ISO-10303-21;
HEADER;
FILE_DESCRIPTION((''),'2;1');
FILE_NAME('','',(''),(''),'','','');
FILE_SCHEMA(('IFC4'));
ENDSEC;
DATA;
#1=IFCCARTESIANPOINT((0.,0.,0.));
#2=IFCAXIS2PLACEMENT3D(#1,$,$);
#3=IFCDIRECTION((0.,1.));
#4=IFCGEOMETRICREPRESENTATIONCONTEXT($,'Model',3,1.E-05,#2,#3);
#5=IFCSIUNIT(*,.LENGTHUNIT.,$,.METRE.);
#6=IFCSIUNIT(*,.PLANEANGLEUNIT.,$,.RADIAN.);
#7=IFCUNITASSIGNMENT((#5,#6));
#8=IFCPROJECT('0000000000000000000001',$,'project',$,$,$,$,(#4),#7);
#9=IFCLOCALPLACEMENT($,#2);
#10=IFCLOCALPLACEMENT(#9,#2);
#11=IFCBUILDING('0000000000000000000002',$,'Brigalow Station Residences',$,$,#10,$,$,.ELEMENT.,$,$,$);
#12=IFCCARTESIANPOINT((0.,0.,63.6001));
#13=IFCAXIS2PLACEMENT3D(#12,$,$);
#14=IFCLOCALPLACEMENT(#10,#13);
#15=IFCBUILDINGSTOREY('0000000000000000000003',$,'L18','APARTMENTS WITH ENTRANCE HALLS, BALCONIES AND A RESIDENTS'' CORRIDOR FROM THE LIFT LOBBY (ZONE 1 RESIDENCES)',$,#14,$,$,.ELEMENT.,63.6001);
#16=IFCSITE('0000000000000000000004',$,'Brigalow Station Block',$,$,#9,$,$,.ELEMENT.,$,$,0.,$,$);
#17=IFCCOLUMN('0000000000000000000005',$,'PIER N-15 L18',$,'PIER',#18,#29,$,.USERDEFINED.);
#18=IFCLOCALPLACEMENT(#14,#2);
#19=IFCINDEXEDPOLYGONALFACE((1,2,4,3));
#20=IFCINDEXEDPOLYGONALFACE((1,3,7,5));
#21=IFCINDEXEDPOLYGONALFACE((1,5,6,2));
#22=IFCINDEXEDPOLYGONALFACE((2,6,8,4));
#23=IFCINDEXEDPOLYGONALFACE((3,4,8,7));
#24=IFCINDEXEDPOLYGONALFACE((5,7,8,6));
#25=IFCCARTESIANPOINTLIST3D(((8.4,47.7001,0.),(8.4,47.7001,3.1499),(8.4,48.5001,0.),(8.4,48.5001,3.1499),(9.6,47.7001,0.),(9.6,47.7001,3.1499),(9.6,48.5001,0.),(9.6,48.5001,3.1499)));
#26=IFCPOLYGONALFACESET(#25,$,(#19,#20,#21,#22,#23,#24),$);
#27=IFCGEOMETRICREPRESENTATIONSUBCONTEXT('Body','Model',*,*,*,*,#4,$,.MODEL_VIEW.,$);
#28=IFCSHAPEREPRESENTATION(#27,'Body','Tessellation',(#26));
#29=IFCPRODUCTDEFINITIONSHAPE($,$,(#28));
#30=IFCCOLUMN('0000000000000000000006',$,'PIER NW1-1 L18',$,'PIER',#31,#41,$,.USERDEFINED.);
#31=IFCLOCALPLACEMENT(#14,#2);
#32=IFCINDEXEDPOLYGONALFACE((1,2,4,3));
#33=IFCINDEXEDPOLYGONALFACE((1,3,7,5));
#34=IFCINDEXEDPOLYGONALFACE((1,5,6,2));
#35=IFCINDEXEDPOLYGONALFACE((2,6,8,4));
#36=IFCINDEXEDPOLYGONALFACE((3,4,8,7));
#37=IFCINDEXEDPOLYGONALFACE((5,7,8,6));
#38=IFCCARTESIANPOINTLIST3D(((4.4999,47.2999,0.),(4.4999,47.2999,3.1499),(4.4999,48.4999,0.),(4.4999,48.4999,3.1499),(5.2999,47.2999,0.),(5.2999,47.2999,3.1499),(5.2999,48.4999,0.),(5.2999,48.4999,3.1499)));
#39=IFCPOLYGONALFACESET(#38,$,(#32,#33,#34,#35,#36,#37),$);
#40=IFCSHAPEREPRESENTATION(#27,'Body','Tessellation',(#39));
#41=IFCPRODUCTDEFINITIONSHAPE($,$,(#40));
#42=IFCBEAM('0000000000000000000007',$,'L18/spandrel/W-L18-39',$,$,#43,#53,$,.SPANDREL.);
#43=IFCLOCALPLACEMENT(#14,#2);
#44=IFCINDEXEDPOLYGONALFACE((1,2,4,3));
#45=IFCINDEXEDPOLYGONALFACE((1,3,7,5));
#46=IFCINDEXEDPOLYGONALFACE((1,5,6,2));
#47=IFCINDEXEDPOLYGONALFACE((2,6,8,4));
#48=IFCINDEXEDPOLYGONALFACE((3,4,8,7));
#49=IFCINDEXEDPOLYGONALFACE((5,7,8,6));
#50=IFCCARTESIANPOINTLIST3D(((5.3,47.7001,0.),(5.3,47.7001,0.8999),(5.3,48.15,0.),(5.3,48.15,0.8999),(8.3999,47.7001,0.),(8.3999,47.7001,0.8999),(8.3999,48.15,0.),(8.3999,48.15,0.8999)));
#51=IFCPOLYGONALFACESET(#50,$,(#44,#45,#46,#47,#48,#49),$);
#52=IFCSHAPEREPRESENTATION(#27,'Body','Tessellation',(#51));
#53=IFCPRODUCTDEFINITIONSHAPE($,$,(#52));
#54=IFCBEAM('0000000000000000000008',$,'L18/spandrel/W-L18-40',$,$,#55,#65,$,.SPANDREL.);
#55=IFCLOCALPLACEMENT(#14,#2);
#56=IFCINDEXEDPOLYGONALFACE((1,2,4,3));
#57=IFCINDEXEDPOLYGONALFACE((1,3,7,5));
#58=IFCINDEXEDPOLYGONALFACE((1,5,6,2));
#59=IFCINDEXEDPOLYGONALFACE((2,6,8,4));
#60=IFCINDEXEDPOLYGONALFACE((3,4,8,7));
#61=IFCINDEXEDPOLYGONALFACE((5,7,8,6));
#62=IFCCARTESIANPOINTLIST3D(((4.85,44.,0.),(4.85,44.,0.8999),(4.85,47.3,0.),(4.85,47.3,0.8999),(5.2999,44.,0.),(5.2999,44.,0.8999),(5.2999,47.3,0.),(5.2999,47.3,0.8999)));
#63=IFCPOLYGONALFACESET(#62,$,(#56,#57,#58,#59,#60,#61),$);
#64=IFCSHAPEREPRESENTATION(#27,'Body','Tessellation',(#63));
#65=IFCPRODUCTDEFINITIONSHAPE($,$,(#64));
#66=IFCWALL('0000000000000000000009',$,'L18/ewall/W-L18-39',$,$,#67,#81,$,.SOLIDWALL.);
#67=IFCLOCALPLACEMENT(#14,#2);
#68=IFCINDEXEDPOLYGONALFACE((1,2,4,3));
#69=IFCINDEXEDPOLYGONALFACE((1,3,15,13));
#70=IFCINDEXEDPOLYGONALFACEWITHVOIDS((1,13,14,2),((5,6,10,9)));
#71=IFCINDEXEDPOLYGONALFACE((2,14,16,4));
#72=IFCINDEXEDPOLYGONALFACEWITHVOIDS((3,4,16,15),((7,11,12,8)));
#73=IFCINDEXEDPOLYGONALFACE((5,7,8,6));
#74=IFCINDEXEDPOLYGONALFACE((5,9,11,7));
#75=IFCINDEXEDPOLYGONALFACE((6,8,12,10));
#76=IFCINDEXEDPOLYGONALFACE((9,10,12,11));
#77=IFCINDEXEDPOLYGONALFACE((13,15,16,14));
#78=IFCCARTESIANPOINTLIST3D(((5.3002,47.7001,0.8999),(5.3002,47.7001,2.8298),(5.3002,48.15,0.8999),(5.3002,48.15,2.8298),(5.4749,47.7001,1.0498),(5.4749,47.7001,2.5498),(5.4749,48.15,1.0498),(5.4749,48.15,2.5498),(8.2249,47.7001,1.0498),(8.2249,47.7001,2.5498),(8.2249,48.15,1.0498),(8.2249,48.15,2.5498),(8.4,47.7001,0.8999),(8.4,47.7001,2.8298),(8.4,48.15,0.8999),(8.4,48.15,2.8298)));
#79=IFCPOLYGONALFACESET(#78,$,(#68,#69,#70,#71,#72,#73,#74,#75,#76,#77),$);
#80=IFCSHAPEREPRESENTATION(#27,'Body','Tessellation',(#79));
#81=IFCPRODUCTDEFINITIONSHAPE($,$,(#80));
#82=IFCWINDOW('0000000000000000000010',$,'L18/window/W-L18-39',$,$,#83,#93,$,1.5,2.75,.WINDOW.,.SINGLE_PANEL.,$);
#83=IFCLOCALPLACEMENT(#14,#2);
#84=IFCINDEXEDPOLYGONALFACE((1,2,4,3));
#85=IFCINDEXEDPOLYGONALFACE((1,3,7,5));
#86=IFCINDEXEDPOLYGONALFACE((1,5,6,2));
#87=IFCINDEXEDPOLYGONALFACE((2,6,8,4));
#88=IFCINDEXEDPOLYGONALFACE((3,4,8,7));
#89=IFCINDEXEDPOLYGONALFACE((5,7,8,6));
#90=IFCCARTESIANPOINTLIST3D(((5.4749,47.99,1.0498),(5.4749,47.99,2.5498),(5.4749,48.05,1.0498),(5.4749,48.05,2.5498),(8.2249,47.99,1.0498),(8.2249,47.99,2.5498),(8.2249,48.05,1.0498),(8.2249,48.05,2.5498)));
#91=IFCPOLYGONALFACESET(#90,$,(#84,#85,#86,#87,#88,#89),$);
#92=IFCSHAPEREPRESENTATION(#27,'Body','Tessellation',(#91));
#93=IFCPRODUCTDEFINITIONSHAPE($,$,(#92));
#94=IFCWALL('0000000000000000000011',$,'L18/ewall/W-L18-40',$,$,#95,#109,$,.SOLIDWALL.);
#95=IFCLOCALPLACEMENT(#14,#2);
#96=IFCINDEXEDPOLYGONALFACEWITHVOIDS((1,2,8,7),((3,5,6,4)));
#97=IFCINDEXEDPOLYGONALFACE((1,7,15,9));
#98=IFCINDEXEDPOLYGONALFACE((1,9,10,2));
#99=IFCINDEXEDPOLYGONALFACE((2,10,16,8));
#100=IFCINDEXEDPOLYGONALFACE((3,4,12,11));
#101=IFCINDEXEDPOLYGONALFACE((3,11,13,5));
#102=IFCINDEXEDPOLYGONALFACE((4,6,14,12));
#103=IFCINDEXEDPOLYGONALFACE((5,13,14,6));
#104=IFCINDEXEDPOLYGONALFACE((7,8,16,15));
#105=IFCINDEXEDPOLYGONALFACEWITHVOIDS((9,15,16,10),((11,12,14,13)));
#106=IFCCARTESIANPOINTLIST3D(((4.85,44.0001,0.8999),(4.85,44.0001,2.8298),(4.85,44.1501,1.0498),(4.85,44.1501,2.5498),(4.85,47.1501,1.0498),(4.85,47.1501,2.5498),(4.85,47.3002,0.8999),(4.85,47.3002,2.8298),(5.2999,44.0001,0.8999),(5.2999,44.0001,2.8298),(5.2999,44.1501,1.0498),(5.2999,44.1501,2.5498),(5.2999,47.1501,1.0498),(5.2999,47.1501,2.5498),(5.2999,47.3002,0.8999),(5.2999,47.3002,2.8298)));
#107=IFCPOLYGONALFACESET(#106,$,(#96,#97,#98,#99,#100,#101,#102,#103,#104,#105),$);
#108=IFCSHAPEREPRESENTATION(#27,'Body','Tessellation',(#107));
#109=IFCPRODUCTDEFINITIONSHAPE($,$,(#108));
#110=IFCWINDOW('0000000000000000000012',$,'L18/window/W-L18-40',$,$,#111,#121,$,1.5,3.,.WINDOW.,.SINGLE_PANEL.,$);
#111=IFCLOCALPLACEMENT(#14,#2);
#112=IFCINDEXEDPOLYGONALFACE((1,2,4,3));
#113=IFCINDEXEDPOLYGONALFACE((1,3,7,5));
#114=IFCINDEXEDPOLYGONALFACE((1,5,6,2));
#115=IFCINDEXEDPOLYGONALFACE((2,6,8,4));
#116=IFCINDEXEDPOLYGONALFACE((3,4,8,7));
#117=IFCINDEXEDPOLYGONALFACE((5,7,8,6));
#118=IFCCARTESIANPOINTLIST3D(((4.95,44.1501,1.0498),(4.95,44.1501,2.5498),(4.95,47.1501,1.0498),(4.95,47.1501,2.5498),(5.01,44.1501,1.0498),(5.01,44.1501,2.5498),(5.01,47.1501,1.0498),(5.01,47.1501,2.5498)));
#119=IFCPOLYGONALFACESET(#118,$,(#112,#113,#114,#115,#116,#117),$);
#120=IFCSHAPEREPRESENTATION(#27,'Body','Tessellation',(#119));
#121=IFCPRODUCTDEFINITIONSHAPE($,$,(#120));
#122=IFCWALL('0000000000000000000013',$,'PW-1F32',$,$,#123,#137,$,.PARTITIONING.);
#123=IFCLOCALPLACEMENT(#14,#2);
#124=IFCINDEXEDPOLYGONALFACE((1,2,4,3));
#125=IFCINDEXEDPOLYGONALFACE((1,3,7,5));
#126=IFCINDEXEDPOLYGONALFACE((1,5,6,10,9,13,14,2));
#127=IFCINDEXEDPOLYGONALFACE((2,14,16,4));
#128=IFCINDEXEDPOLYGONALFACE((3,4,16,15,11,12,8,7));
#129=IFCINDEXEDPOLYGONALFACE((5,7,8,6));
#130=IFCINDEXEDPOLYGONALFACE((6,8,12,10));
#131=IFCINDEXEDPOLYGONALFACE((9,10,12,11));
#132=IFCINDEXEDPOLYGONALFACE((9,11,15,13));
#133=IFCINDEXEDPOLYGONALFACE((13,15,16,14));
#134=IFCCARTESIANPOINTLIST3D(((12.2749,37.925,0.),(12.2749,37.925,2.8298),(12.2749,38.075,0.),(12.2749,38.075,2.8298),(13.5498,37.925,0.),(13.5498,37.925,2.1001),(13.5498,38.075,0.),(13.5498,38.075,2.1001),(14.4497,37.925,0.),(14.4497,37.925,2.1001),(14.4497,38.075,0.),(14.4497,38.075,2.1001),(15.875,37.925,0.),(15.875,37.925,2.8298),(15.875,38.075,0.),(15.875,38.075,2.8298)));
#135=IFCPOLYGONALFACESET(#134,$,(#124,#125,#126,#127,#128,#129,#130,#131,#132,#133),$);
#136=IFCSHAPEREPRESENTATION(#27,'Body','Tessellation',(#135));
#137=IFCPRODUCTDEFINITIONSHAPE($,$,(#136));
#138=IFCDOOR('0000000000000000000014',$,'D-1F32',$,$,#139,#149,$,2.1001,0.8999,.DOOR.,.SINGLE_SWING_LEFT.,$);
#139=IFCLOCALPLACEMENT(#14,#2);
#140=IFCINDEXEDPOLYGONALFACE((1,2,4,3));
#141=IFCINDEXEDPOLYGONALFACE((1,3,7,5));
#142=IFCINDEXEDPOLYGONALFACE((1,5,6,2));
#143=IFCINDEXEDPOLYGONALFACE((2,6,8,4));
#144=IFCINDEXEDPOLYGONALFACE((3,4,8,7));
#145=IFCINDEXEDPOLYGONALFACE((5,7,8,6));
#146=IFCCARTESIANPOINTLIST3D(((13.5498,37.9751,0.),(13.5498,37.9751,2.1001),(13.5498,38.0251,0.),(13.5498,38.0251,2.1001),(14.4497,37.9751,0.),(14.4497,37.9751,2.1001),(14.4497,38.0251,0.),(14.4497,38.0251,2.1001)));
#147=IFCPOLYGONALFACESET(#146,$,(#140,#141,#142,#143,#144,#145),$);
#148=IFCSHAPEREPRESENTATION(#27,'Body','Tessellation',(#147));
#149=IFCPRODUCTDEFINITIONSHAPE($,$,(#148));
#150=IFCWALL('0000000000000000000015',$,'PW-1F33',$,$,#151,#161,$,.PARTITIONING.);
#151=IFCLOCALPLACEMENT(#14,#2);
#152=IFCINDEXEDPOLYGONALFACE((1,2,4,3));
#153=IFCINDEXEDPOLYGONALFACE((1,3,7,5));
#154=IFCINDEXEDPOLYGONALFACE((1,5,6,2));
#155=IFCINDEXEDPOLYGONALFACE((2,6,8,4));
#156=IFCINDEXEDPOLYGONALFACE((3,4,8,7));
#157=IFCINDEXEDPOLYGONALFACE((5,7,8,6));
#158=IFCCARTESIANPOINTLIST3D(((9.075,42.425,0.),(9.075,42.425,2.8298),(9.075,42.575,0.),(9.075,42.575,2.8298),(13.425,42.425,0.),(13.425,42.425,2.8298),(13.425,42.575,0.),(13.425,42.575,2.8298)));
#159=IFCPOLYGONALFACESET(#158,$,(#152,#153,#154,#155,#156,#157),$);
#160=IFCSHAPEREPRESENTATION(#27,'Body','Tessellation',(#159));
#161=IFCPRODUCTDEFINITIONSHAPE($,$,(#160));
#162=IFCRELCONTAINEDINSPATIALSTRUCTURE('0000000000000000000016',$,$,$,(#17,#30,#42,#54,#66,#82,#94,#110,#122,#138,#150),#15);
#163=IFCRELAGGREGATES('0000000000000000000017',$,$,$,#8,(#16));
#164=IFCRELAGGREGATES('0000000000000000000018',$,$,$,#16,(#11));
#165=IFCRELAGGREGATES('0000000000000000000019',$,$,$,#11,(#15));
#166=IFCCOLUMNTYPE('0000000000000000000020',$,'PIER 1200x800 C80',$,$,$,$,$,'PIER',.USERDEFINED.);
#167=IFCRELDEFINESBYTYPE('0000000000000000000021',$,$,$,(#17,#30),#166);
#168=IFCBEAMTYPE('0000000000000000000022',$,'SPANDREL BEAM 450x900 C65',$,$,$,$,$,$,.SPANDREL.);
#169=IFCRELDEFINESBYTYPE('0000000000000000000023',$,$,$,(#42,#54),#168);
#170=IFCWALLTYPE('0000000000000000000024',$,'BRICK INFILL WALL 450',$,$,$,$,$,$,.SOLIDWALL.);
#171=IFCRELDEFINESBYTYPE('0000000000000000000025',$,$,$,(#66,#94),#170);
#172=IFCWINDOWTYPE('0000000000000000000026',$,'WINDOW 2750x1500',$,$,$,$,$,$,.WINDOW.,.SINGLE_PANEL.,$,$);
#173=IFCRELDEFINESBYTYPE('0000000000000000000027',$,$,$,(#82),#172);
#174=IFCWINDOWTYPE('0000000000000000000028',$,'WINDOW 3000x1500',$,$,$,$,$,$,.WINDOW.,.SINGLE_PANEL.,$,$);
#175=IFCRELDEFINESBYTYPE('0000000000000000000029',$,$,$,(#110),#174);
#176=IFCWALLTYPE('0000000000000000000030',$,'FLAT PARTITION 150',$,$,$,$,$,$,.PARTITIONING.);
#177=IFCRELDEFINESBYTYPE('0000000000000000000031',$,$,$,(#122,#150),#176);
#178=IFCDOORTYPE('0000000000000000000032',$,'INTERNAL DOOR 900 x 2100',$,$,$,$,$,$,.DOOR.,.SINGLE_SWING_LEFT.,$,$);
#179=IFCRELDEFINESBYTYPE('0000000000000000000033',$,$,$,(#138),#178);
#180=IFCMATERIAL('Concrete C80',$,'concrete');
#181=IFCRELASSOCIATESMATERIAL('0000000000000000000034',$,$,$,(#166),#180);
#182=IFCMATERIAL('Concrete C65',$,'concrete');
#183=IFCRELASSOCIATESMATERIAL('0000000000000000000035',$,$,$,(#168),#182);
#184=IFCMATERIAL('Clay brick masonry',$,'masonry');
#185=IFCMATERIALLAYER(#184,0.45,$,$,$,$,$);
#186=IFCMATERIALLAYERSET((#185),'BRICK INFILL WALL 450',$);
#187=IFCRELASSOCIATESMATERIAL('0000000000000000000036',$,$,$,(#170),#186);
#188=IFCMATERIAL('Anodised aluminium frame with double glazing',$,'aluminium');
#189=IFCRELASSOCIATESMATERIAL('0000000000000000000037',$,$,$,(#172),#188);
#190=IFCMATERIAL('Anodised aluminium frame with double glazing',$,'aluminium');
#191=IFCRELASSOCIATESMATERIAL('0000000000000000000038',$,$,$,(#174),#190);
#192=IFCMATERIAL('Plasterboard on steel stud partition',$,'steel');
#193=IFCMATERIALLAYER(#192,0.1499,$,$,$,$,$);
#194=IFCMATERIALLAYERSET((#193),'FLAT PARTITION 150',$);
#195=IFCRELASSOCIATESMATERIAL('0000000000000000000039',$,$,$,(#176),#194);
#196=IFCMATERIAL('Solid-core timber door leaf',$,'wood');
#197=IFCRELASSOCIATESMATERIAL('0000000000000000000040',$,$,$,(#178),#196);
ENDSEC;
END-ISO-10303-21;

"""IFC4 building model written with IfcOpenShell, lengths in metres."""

from ifc_helpers import new_model, si_unit, direction, frame, frame_2d, origin, origin_2d, place, context, subcontext, project, spatial, rectangle, extrude, material, layer, layer_set, material_profile, profile_set, type_object, element, fill, save


model = new_model("IFC4")

# Units and contexts
model_context = context("Model", 3, precision=1e-05, world=origin(), true_north=direction((0.0, 1.0)))
body_context = subcontext(model_context, "Body", "Model", "MODEL_VIEW")
ifc_project = project(units=[si_unit("LENGTHUNIT", "METRE"), si_unit("PLANEANGLEUNIT", "RADIAN")], contexts=[model_context])

# Site, building, storey
site_placement = place(None, origin())
site = spatial("IfcSite", under=ifc_project, at=site_placement, Name="Brigalow Station Block", CompositionType="ELEMENT", RefElevation=0.0)
building_placement = place(site_placement, origin())
building = spatial("IfcBuilding", under=site, at=building_placement, Name="Brigalow Station Residences", CompositionType="ELEMENT")
storey_placement = place(building_placement, frame((0.0, 0.0, 63.6001)))
storey = spatial("IfcBuildingStorey", under=building, at=storey_placement, Name="L18", Description="APARTMENTS WITH ENTRANCE HALLS, BALCONIES AND A RESIDENTS' CORRIDOR FROM THE LIFT LOBBY (ZONE 1 RESIDENCES)", CompositionType="ELEMENT", Elevation=63.6001)

# Columns
ifc_material_1 = material(Name="Concrete C80", Category="concrete")
ifc_material_profile_1 = material_profile(ifc_material_1, rectangle(XDim=1.2, YDim=0.8, at=origin_2d()), Name="RC1200x800")
ifc_profile_set_1 = profile_set([ifc_material_profile_1], Name="Concrete C80")
column_type = type_object("IfcColumnType", Name="PIER 1200x800 C80", ElementType="PIER", PredefinedType="USERDEFINED", material=ifc_profile_set_1)
for number, where, z_axis, x_axis, name in (
    (1, (9.0, 48.1001, 0.0), (0.0, 0.0, 1.0), (-1.0, 0.0, 0.0), "PIER N-15 L18"),
    (2, (4.8999, 47.8999, 0.0), (0.0, 0.0, 1.0), (0.0, -1.0, 0.0), "PIER NW1-1 L18"),
):
    element("IfcColumn", number, at=place(storey_placement, frame(where, z_axis=z_axis, x_axis=x_axis)), inside=storey, type_object=column_type, Name=name, ObjectType="PIER", PredefinedType="USERDEFINED", context=body_context, shape_type="SweptSolid", body=[
        extrude(rectangle(XDim=1.2, YDim=0.8, at=origin_2d()), origin(), (0.0, 0.0, 1.0), 3.1499),
    ])

# Beams
ifc_material_2 = material(Name="Concrete C65", Category="concrete")
ifc_material_profile_2 = material_profile(ifc_material_2, rectangle(XDim=0.45, YDim=0.8999, at=origin_2d()), Name="RC450x900")
ifc_profile_set_2 = profile_set([ifc_material_profile_2], Name="Concrete C65")
beam_type = type_object("IfcBeamType", Name="SPANDREL BEAM 450x900 C65", PredefinedType="SPANDREL", material=ifc_profile_set_2)
beam_1_placement = place(storey_placement, frame((8.3999, 47.925, 0.45), z_axis=(-1.0, 0.0, 0.0), x_axis=(0.0, -1.0, 0.0)))
element("IfcBeam", 3, at=beam_1_placement, inside=storey, type_object=beam_type, Name="L18/spandrel/W-L18-39", PredefinedType="SPANDREL", context=body_context, shape_type="SweptSolid", body=[
    extrude(rectangle(XDim=0.45, YDim=0.8999, at=origin_2d()), origin(), (0.0, 0.0, 1.0), 3.0999),
])
beam_2_placement = place(storey_placement, frame((5.075, 47.3, 0.45), z_axis=(0.0, -1.0, 0.0), x_axis=(1.0, 0.0, 0.0)))
element("IfcBeam", 4, at=beam_2_placement, inside=storey, type_object=beam_type, Name="L18/spandrel/W-L18-40", PredefinedType="SPANDREL", context=body_context, shape_type="SweptSolid", body=[
    extrude(rectangle(XDim=0.45, YDim=0.8999, at=origin_2d()), origin(), (0.0, 0.0, 1.0), 3.3),
])

# Walls, openings, windows
ifc_material_3 = material(Name="Clay brick masonry", Category="masonry")
ifc_layer_1 = layer(ifc_material_3, 0.45)
ifc_layer_set_1 = layer_set([ifc_layer_1], Name="BRICK INFILL WALL 450")
wall_type_1 = type_object("IfcWallType", Name="BRICK INFILL WALL 450", PredefinedType="SOLIDWALL", material=ifc_layer_set_1)
wall_1_placement = place(storey_placement, frame((8.3999, 47.925, 0.8999), z_axis=(0.0, 0.0, 1.0), x_axis=(-1.0, 0.0, 0.0)))
wall_1 = element("IfcWall", 5, at=wall_1_placement, inside=storey, type_object=wall_type_1, Name="L18/ewall/W-L18-39", PredefinedType="SOLIDWALL", context=body_context, shape_type="SweptSolid", body=[
    extrude(rectangle(XDim=3.0999, YDim=0.45, at=frame_2d((1.5498, 0.0))), origin(), (0.0, 0.0, 1.0), 1.9299),
])
opening_1_placement = place(wall_1_placement, frame((0.175, 0.0, 0.1499)))
opening_1 = element("IfcOpeningElement", 6, at=opening_1_placement, cuts=wall_1, PredefinedType="OPENING", context=body_context, shape_type="SweptSolid", body=[
    extrude(rectangle(XDim=2.75, YDim=1.5, at=frame_2d((1.375, 0.75))), frame((0.0, 0.2349, 0.0), z_axis=(0.0, -1.0, 0.0), x_axis=(1.0, 0.0, 0.0)), (0.0, 0.0, 1.0), 0.47),
])
ifc_material_4 = material(Name="Anodised aluminium frame with double glazing", Category="aluminium")
window_type_1 = type_object("IfcWindowType", Name="WINDOW 2750x1500", PartitioningType="SINGLE_PANEL", PredefinedType="WINDOW", material=ifc_material_4)
window_1_placement = place(opening_1_placement, origin())
window_1 = element("IfcWindow", 7, at=window_1_placement, inside=storey, type_object=window_type_1, Name="L18/window/W-L18-39", OverallHeight=1.5, OverallWidth=2.75, PartitioningType="SINGLE_PANEL", PredefinedType="WINDOW", context=body_context, shape_type="SweptSolid", body=[
    extrude(rectangle(XDim=2.75, YDim=1.5, at=frame_2d((1.375, 0.75))), frame((0.0, -0.0649, 0.0), z_axis=(0.0, -1.0, 0.0), x_axis=(1.0, 0.0, 0.0)), (0.0, 0.0, 1.0), 0.0601),
])
fill(opening_1, window_1)
wall_2_placement = place(storey_placement, frame((5.075, 47.3, 0.8999), z_axis=(0.0, 0.0, 1.0), x_axis=(0.0, -1.0, 0.0)))
wall_2 = element("IfcWall", 8, at=wall_2_placement, inside=storey, type_object=wall_type_1, Name="L18/ewall/W-L18-40", PredefinedType="SOLIDWALL", context=body_context, shape_type="SweptSolid", body=[
    extrude(rectangle(XDim=3.3, YDim=0.45, at=frame_2d((1.6499, 0.0))), origin(), (0.0, 0.0, 1.0), 1.9299),
])
opening_2_placement = place(wall_2_placement, frame((0.1499, 0.0, 0.1499)))
opening_2 = element("IfcOpeningElement", 9, at=opening_2_placement, cuts=wall_2, PredefinedType="OPENING", context=body_context, shape_type="SweptSolid", body=[
    extrude(rectangle(XDim=3.0, YDim=1.5, at=frame_2d((1.5, 0.75))), frame((0.0, 0.2349, 0.0), z_axis=(0.0, -1.0, 0.0), x_axis=(1.0, 0.0, 0.0)), (0.0, 0.0, 1.0), 0.47),
])
ifc_material_5 = material(Name="Anodised aluminium frame with double glazing", Category="aluminium")
window_type_2 = type_object("IfcWindowType", Name="WINDOW 3000x1500", PartitioningType="SINGLE_PANEL", PredefinedType="WINDOW", material=ifc_material_5)
window_2_placement = place(opening_2_placement, origin())
window_2 = element("IfcWindow", 10, at=window_2_placement, inside=storey, type_object=window_type_2, Name="L18/window/W-L18-40", OverallHeight=1.5, OverallWidth=3.0, PartitioningType="SINGLE_PANEL", PredefinedType="WINDOW", context=body_context, shape_type="SweptSolid", body=[
    extrude(rectangle(XDim=3.0, YDim=1.5, at=frame_2d((1.5, 0.75))), frame((0.0, -0.0649, 0.0), z_axis=(0.0, -1.0, 0.0), x_axis=(1.0, 0.0, 0.0)), (0.0, 0.0, 1.0), 0.0601),
])
fill(opening_2, window_2)

# Wall, opening, door
ifc_material_6 = material(Name="Plasterboard on steel stud partition", Category="steel")
ifc_layer_2 = layer(ifc_material_6, 0.1499)
ifc_layer_set_2 = layer_set([ifc_layer_2], Name="FLAT PARTITION 150")
wall_type_2 = type_object("IfcWallType", Name="FLAT PARTITION 150", PredefinedType="PARTITIONING", material=ifc_layer_set_2)
wall_3_placement = place(storey_placement, frame((12.2749, 38.0, 0.0), z_axis=(0.0, 0.0, 1.0), x_axis=(1.0, 0.0, 0.0)))
wall_3 = element("IfcWall", 11, at=wall_3_placement, inside=storey, type_object=wall_type_2, Name="PW-1F32", PredefinedType="PARTITIONING", context=body_context, shape_type="SweptSolid", body=[
    extrude(rectangle(XDim=3.6001, YDim=0.1499, at=frame_2d((1.8, 0.0))), origin(), (0.0, 0.0, 1.0), 2.8298),
])
opening_3_placement = place(wall_3_placement, frame((1.2749, 0.0, 0.0)))
opening_3 = element("IfcOpeningElement", 12, at=opening_3_placement, cuts=wall_3, PredefinedType="OPENING", context=body_context, shape_type="SweptSolid", body=[
    extrude(rectangle(XDim=0.8999, YDim=2.1001, at=frame_2d((0.45, 1.05))), frame((0.0, 0.085, 0.0), z_axis=(0.0, -1.0, 0.0), x_axis=(1.0, 0.0, 0.0)), (0.0, 0.0, 1.0), 0.1699),
])
ifc_material_7 = material(Name="Solid-core timber door leaf", Category="wood")
door_type_1 = type_object("IfcDoorType", Name="INTERNAL DOOR 900 x 2100", OperationType="SINGLE_SWING_LEFT", PredefinedType="DOOR", material=ifc_material_7)
door_1_placement = place(opening_3_placement, frame((0.8999, 0.0, 0.0), z_axis=(0.0, 0.0, 1.0), x_axis=(-1.0, 0.0, 0.0)))
door_1 = element("IfcDoor", 13, at=door_1_placement, inside=storey, type_object=door_type_1, Name="D-1F32", OperationType="SINGLE_SWING_LEFT", OverallHeight=2.1001, OverallWidth=0.8999, PredefinedType="DOOR", context=body_context, shape_type="SweptSolid", body=[
    extrude(rectangle(XDim=0.8999, YDim=2.1001, at=frame_2d((0.45, 1.05))), frame((0.0, 0.0249, 0.0), z_axis=(0.0, -1.0, 0.0), x_axis=(1.0, 0.0, 0.0)), (0.0, 0.0, 1.0), 0.05),
])
fill(opening_3, door_1)

# Wall
wall_4_placement = place(storey_placement, frame((9.075, 42.5, 0.0), z_axis=(0.0, 0.0, 1.0), x_axis=(1.0, 0.0, 0.0)))
element("IfcWall", 14, at=wall_4_placement, inside=storey, type_object=wall_type_2, Name="PW-1F33", PredefinedType="PARTITIONING", context=body_context, shape_type="SweptSolid", body=[
    extrude(rectangle(XDim=4.3501, YDim=0.1499, at=frame_2d((2.175, 0.0))), origin(), (0.0, 0.0, 1.0), 2.8298),
])

save(model, "model.ifc")
